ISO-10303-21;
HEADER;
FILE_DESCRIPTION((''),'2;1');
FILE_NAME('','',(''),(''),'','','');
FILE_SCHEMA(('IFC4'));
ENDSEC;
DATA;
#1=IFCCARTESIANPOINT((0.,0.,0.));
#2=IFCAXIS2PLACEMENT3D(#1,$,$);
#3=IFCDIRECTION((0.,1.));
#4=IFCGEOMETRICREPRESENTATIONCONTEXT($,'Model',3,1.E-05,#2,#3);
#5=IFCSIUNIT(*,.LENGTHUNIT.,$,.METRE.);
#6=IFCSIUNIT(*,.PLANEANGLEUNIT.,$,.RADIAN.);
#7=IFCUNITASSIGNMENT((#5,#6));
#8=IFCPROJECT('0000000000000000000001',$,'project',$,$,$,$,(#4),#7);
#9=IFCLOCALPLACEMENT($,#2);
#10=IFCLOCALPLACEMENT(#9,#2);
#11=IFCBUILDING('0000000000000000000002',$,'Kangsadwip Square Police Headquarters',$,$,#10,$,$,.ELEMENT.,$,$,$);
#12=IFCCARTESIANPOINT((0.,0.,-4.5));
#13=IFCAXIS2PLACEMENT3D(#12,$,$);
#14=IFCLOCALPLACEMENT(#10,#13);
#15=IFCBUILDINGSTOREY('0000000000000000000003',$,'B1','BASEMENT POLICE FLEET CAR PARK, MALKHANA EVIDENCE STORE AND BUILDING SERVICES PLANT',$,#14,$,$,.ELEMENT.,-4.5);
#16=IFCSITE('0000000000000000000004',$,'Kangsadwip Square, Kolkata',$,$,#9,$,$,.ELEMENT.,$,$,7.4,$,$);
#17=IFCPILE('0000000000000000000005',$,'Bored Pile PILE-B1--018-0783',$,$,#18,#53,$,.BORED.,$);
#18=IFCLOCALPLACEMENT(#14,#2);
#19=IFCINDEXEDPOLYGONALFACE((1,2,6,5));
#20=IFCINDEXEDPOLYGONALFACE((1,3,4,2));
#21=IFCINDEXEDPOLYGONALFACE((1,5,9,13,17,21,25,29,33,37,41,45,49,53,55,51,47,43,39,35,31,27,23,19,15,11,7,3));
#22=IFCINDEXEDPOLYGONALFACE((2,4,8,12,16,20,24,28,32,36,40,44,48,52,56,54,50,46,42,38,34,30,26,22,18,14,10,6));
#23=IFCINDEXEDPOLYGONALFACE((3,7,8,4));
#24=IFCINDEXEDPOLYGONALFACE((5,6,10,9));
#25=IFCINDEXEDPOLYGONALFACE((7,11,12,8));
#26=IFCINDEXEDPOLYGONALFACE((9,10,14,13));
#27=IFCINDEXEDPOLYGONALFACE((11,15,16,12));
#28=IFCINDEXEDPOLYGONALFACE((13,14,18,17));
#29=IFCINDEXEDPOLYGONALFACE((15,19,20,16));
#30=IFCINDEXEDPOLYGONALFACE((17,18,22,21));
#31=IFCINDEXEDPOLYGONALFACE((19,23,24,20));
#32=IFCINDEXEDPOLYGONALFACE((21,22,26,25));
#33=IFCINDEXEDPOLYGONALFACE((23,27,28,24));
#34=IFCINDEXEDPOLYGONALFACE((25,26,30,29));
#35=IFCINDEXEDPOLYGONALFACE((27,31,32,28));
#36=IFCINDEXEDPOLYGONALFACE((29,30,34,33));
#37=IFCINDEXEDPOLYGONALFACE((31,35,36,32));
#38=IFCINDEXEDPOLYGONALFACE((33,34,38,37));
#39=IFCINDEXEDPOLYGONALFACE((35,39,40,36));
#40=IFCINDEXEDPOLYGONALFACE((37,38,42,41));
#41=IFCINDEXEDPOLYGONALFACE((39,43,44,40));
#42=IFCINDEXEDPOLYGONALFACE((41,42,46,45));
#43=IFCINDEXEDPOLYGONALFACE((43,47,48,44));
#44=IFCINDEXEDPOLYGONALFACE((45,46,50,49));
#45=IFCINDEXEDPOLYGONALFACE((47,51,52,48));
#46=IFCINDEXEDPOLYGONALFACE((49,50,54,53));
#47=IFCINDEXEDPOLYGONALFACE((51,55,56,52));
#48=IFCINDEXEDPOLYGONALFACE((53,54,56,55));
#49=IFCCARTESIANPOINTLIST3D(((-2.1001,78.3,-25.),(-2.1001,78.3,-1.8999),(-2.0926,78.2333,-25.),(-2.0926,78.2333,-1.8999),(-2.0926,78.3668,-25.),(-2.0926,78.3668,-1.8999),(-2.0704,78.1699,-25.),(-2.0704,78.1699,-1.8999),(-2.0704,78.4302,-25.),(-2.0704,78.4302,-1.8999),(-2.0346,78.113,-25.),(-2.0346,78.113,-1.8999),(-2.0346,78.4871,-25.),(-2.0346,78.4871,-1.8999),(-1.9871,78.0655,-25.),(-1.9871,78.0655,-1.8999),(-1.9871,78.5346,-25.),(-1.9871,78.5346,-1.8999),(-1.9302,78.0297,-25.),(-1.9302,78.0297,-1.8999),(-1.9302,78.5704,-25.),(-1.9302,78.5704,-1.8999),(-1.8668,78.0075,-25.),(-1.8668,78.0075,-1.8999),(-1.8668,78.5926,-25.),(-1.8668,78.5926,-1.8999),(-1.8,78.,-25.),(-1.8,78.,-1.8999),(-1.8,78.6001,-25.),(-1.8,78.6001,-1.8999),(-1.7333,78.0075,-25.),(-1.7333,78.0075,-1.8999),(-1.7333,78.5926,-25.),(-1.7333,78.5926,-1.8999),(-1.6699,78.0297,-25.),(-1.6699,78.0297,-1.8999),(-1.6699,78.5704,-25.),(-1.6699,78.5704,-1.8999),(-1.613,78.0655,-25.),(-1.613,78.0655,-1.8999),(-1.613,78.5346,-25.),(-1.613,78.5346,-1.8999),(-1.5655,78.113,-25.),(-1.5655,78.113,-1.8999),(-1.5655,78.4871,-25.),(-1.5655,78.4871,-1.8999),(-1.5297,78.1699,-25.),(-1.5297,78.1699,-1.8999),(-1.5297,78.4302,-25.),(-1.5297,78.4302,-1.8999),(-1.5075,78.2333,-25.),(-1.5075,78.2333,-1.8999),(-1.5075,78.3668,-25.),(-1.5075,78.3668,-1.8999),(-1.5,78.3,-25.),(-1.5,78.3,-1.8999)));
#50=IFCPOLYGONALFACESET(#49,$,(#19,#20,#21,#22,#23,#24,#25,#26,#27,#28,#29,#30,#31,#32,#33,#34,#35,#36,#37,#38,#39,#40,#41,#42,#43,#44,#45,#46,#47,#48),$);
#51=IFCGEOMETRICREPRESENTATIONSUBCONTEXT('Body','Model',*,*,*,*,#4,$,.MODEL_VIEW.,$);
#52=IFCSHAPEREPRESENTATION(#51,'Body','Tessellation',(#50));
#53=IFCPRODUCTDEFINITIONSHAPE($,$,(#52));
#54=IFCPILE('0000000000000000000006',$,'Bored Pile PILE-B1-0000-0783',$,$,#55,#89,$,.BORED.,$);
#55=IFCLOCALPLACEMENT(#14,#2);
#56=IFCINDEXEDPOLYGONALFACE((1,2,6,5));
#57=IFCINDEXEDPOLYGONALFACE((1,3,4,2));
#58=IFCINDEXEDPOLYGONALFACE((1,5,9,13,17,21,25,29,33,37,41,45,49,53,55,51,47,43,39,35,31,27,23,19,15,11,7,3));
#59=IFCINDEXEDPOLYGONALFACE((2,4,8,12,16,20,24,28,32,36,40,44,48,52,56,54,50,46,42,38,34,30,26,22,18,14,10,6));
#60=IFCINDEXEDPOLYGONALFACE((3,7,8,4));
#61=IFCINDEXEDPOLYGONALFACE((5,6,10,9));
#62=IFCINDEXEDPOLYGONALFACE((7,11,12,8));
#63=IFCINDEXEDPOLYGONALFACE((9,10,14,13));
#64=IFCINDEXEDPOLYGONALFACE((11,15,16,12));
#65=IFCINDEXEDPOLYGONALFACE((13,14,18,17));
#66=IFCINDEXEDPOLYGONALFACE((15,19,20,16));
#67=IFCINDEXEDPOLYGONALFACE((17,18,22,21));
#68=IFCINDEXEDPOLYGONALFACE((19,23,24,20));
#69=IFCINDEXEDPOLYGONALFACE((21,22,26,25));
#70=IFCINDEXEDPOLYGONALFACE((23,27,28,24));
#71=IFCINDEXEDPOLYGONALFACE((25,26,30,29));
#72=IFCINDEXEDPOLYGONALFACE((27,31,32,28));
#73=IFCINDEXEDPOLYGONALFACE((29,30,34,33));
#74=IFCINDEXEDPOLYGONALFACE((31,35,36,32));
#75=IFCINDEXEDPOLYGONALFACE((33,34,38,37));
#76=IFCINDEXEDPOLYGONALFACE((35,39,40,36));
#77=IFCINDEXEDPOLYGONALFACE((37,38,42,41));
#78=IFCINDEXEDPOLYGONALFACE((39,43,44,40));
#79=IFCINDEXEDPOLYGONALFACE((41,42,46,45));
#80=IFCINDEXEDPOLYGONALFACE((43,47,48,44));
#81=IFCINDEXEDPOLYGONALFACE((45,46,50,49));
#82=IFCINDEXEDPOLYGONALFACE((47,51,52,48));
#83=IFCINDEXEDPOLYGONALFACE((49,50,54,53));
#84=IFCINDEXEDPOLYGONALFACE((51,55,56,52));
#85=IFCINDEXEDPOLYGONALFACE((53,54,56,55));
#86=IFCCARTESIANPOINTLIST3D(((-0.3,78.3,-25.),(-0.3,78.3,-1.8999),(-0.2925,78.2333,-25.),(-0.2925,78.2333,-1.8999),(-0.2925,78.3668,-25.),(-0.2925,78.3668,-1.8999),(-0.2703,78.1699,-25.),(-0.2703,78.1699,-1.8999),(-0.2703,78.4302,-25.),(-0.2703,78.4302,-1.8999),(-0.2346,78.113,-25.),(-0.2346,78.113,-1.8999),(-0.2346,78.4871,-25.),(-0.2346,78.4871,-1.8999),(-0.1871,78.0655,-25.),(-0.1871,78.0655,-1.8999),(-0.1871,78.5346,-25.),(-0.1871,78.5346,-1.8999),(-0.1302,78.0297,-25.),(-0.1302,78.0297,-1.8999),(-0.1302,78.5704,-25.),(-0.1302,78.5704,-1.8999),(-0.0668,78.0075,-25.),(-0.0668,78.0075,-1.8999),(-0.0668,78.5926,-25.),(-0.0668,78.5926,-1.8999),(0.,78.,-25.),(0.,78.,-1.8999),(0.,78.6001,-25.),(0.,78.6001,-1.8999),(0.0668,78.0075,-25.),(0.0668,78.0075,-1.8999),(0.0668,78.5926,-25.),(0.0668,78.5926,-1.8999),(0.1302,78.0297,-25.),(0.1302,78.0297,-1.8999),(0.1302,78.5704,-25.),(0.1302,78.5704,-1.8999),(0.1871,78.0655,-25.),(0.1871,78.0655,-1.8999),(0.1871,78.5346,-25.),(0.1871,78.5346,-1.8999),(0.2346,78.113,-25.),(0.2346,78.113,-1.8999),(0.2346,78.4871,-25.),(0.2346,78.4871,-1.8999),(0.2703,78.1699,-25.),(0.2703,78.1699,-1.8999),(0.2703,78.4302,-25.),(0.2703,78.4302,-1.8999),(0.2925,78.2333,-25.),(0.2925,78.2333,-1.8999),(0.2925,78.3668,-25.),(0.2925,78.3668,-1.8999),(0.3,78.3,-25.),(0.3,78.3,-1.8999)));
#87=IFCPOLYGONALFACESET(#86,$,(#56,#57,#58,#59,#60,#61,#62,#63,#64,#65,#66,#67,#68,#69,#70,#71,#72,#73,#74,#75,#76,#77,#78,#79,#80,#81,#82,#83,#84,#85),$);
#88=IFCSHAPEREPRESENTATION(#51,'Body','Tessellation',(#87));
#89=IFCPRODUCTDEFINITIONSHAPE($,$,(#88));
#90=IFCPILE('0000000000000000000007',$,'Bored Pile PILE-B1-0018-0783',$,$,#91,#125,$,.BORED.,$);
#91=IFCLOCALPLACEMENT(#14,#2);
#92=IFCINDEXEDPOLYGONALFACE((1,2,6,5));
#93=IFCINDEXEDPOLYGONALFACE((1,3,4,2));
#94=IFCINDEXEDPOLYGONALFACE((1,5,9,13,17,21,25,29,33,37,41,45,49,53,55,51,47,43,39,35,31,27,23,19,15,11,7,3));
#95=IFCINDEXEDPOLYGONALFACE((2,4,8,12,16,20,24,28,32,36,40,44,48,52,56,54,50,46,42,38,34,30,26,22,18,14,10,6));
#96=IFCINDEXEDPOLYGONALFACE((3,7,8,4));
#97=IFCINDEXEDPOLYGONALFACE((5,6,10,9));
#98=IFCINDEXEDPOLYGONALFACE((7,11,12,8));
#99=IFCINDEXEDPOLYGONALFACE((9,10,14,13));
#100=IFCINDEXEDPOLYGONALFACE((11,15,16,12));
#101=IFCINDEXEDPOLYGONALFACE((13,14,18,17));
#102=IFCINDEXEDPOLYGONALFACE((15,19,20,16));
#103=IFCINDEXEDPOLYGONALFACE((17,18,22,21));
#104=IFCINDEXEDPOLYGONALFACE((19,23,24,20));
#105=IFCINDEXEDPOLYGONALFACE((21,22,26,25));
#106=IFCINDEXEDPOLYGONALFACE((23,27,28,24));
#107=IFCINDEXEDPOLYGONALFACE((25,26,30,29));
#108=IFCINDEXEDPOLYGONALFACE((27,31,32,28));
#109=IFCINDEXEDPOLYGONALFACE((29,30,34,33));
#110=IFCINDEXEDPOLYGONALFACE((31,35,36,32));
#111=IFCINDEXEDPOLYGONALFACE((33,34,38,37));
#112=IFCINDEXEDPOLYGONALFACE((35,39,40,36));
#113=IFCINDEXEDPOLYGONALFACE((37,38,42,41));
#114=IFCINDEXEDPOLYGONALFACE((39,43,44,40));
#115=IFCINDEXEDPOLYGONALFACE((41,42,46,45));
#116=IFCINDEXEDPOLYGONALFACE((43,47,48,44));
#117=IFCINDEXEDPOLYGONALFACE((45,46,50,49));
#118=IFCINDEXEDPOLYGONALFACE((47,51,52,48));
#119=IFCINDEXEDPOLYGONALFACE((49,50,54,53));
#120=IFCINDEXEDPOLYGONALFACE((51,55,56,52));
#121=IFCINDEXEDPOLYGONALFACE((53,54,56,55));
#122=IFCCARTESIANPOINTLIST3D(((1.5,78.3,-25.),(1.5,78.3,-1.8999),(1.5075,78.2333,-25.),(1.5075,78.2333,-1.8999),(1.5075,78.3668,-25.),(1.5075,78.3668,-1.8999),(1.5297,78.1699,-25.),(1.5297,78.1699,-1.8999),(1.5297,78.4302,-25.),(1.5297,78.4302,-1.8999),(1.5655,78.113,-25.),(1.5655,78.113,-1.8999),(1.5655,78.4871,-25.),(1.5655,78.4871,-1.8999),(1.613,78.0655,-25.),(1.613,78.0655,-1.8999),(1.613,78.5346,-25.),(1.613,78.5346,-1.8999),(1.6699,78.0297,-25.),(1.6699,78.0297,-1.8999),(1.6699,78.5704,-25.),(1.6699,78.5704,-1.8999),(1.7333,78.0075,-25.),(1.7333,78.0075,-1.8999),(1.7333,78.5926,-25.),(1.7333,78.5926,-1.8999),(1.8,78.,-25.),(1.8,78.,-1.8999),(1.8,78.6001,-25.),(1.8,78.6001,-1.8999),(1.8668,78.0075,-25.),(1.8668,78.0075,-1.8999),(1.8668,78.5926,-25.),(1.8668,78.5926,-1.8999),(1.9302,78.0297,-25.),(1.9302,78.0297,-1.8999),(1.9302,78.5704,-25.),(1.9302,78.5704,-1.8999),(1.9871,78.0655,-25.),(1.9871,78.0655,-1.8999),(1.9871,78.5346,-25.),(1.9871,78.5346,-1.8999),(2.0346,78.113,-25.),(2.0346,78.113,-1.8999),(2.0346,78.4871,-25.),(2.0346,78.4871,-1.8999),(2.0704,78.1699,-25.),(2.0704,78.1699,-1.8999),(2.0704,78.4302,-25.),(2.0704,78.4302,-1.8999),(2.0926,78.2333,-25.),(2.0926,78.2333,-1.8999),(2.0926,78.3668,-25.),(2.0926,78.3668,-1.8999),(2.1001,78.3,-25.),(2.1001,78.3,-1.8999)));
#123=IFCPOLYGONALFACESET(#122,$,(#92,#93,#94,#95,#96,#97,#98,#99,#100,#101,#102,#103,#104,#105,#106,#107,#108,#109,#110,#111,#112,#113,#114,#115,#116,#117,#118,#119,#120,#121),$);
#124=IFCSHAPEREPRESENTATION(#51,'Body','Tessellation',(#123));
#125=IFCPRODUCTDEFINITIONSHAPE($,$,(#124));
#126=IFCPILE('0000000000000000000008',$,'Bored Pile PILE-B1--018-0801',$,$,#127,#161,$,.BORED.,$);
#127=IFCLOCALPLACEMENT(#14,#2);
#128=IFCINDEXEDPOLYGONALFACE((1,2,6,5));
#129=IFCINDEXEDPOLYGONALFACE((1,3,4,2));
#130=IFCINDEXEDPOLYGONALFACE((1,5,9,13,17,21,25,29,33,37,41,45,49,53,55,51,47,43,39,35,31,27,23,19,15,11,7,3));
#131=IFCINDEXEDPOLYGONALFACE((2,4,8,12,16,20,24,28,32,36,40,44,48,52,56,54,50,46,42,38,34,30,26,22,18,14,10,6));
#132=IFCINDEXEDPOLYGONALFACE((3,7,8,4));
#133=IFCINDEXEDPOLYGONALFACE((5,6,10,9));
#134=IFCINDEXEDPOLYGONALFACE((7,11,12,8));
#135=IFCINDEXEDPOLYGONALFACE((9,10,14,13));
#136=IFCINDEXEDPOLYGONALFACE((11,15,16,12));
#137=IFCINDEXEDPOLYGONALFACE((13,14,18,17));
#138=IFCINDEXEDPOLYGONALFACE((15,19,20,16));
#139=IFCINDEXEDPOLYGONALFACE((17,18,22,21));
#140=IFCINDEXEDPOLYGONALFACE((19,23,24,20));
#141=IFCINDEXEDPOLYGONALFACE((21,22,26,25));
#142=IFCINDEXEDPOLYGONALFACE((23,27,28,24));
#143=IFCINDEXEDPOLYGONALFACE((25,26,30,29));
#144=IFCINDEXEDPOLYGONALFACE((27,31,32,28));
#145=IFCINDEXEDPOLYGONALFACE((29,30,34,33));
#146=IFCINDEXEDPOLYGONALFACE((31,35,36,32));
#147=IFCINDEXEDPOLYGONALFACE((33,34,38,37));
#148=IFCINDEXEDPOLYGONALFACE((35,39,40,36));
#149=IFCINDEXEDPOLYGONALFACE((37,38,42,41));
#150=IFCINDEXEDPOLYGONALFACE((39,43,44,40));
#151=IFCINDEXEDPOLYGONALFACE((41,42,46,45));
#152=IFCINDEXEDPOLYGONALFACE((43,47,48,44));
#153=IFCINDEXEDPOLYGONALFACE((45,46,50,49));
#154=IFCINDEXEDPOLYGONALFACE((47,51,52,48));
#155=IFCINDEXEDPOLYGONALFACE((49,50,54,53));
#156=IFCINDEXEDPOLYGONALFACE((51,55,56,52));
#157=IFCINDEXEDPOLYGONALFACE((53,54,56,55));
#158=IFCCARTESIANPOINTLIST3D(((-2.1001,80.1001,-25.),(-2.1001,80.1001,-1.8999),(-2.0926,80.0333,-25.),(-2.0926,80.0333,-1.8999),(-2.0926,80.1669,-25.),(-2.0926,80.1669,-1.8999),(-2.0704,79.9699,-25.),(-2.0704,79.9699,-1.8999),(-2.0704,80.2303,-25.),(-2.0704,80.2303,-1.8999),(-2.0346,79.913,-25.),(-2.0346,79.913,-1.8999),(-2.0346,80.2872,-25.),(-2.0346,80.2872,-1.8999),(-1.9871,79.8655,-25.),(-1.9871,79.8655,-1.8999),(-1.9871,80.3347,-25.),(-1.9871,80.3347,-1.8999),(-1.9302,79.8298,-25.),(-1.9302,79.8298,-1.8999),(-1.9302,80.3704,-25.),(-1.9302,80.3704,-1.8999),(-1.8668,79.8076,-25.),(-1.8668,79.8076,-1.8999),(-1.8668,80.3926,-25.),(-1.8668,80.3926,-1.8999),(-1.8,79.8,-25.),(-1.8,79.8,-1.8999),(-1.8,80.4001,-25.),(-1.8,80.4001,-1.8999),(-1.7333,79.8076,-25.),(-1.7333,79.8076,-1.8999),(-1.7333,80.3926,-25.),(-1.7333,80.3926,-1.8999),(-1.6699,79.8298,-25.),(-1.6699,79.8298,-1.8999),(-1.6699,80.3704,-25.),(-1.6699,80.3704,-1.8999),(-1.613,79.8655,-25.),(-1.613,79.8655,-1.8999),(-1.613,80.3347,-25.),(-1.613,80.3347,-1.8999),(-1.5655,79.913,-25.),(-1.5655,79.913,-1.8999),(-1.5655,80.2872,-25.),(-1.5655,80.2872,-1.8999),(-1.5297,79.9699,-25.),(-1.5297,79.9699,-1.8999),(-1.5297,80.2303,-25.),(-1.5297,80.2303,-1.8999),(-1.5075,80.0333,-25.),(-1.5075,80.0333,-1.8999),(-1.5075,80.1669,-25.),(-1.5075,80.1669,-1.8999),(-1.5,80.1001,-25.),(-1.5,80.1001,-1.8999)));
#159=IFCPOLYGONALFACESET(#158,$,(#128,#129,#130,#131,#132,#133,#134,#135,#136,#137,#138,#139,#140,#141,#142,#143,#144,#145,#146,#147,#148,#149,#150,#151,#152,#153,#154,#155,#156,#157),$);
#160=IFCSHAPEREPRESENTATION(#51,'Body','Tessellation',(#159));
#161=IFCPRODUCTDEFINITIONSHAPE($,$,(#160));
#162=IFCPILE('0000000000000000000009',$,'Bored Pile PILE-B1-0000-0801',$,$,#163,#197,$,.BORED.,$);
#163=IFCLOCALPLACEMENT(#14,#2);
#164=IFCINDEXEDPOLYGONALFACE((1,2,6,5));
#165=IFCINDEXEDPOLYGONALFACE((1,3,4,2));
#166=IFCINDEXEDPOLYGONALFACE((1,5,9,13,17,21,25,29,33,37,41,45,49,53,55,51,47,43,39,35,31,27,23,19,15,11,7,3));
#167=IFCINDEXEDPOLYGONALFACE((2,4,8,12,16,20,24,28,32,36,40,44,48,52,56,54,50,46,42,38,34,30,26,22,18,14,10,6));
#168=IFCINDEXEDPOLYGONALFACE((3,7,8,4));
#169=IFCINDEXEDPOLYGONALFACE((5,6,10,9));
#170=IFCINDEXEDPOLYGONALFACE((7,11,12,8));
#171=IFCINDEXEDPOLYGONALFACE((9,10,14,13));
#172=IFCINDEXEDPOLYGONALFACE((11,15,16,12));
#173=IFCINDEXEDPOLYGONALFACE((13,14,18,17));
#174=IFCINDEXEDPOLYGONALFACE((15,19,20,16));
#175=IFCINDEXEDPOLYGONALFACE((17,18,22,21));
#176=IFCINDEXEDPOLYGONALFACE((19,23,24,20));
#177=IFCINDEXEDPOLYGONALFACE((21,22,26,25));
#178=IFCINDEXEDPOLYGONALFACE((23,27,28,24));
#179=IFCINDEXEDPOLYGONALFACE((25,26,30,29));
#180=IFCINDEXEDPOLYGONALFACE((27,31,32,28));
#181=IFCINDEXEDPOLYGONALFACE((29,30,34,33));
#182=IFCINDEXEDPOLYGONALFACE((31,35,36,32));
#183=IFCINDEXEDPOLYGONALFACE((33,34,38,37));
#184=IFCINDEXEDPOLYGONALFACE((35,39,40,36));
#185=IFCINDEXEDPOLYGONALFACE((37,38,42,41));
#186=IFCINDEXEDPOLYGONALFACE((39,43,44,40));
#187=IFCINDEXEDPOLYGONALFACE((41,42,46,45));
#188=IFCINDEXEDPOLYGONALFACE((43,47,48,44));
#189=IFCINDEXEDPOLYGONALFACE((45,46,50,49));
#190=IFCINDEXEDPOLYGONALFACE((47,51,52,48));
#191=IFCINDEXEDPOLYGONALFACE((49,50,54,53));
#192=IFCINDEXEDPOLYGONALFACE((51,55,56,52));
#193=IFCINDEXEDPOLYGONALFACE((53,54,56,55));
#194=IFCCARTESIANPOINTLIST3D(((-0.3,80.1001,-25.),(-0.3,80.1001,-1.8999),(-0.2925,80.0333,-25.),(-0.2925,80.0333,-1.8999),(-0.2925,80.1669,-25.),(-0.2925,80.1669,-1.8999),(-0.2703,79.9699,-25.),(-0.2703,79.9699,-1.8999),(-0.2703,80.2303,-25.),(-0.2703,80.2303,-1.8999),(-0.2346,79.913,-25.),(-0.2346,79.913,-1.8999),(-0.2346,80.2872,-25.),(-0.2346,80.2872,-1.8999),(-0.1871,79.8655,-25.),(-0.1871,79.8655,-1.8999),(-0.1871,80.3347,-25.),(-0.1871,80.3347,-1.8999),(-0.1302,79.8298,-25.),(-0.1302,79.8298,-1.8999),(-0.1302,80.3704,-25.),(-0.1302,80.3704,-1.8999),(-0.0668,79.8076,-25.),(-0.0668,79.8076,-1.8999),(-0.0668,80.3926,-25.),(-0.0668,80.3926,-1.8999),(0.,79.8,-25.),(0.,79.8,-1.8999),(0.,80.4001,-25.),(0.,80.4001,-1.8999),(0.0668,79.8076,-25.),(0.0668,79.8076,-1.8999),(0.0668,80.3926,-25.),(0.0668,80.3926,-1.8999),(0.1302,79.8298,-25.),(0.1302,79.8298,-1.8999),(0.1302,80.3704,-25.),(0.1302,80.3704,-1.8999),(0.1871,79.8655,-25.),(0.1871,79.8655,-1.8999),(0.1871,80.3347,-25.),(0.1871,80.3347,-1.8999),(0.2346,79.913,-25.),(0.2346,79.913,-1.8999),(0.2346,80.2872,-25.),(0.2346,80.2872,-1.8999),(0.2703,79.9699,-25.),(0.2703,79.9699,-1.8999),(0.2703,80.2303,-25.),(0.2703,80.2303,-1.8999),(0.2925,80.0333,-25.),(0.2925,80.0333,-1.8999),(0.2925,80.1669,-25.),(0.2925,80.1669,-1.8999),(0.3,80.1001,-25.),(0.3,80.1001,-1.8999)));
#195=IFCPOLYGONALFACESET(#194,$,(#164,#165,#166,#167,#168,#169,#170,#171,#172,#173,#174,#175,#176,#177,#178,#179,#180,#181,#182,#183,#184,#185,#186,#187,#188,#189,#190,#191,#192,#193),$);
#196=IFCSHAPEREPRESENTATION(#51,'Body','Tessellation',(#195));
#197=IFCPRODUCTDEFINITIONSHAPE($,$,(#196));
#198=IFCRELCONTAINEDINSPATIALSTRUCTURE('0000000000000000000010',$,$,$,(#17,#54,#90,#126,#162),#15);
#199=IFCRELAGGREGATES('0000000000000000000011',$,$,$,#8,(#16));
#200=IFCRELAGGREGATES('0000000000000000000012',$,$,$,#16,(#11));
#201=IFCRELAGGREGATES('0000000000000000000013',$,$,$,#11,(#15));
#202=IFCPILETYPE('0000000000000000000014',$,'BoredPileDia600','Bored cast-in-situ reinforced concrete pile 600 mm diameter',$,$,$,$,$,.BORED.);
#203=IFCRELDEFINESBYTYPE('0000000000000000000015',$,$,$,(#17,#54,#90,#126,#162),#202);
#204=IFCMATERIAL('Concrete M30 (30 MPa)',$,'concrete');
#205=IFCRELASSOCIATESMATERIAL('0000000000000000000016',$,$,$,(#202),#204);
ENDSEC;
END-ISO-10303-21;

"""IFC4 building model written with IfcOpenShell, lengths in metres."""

from ifc_helpers import new_model, si_unit, direction, frame, origin, origin_2d, place, context, subcontext, project, spatial, circle, extrude, material, material_profile, profile_set, type_object, element, save


model = new_model("IFC4")

# Units and contexts
model_context = context("Model", 3, precision=1e-05, world=origin(), true_north=direction((0.0, 1.0)))
body_context = subcontext(model_context, "Body", "Model", "MODEL_VIEW")
ifc_project = project(units=[si_unit("LENGTHUNIT", "METRE"), si_unit("PLANEANGLEUNIT", "RADIAN")], contexts=[model_context])

# Site, building, storey
site_placement = place(None, origin())
site = spatial("IfcSite", under=ifc_project, at=site_placement, Name="Kangsadwip Square, Kolkata", CompositionType="ELEMENT", RefElevation=7.4)
building_placement = place(site_placement, origin())
building = spatial("IfcBuilding", under=site, at=building_placement, Name="Kangsadwip Square Police Headquarters", CompositionType="ELEMENT")
storey_placement = place(building_placement, frame((0.0, 0.0, -4.5)))
storey = spatial("IfcBuildingStorey", under=building, at=storey_placement, Name="B1", Description="BASEMENT POLICE FLEET CAR PARK, MALKHANA EVIDENCE STORE AND BUILDING SERVICES PLANT", CompositionType="ELEMENT", Elevation=-4.5)

# Piles
ifc_material_1 = material(Name="Concrete M30 (30 MPa)", Category="concrete")
ifc_material_profile_1 = material_profile(ifc_material_1, circle(Radius=0.3, at=origin_2d()), Name="PILE DIA 600")
ifc_profile_set_1 = profile_set([ifc_material_profile_1], Name="Concrete M30 (30 MPa)")
pile_type_1 = type_object("IfcPileType", Name="BoredPileDia600", Description="Bored cast-in-situ reinforced concrete pile 600 mm diameter", PredefinedType="BORED", material=ifc_profile_set_1)
for number, where, z_axis, x_axis, name in (
    (1, (-1.8, 78.3, -1.8999), (0.0, 0.0, -1.0), (1.0, 0.0, 0.0), "Bored Pile PILE-B1--018-0783"),
    (2, (0.0, 78.3, -1.8999), (0.0, 0.0, -1.0), (1.0, 0.0, 0.0), "Bored Pile PILE-B1-0000-0783"),
    (3, (1.8, 78.3, -1.8999), (0.0, 0.0, -1.0), (1.0, 0.0, 0.0), "Bored Pile PILE-B1-0018-0783"),
    (4, (-1.8, 80.1001, -1.8999), (0.0, 0.0, -1.0), (1.0, 0.0, 0.0), "Bored Pile PILE-B1--018-0801"),
    (5, (0.0, 80.1001, -1.8999), (0.0, 0.0, -1.0), (1.0, 0.0, 0.0), "Bored Pile PILE-B1-0000-0801"),
):
    element("IfcPile", number, at=place(storey_placement, frame(where, z_axis=z_axis, x_axis=x_axis)), inside=storey, type_object=pile_type_1, Name=name, PredefinedType="BORED", context=body_context, shape_type="SweptSolid", body=[
        extrude(circle(Radius=0.3, at=origin_2d()), origin(), (0.0, 0.0, 1.0), 23.1001),
    ])

save(model, "model.ifc")
